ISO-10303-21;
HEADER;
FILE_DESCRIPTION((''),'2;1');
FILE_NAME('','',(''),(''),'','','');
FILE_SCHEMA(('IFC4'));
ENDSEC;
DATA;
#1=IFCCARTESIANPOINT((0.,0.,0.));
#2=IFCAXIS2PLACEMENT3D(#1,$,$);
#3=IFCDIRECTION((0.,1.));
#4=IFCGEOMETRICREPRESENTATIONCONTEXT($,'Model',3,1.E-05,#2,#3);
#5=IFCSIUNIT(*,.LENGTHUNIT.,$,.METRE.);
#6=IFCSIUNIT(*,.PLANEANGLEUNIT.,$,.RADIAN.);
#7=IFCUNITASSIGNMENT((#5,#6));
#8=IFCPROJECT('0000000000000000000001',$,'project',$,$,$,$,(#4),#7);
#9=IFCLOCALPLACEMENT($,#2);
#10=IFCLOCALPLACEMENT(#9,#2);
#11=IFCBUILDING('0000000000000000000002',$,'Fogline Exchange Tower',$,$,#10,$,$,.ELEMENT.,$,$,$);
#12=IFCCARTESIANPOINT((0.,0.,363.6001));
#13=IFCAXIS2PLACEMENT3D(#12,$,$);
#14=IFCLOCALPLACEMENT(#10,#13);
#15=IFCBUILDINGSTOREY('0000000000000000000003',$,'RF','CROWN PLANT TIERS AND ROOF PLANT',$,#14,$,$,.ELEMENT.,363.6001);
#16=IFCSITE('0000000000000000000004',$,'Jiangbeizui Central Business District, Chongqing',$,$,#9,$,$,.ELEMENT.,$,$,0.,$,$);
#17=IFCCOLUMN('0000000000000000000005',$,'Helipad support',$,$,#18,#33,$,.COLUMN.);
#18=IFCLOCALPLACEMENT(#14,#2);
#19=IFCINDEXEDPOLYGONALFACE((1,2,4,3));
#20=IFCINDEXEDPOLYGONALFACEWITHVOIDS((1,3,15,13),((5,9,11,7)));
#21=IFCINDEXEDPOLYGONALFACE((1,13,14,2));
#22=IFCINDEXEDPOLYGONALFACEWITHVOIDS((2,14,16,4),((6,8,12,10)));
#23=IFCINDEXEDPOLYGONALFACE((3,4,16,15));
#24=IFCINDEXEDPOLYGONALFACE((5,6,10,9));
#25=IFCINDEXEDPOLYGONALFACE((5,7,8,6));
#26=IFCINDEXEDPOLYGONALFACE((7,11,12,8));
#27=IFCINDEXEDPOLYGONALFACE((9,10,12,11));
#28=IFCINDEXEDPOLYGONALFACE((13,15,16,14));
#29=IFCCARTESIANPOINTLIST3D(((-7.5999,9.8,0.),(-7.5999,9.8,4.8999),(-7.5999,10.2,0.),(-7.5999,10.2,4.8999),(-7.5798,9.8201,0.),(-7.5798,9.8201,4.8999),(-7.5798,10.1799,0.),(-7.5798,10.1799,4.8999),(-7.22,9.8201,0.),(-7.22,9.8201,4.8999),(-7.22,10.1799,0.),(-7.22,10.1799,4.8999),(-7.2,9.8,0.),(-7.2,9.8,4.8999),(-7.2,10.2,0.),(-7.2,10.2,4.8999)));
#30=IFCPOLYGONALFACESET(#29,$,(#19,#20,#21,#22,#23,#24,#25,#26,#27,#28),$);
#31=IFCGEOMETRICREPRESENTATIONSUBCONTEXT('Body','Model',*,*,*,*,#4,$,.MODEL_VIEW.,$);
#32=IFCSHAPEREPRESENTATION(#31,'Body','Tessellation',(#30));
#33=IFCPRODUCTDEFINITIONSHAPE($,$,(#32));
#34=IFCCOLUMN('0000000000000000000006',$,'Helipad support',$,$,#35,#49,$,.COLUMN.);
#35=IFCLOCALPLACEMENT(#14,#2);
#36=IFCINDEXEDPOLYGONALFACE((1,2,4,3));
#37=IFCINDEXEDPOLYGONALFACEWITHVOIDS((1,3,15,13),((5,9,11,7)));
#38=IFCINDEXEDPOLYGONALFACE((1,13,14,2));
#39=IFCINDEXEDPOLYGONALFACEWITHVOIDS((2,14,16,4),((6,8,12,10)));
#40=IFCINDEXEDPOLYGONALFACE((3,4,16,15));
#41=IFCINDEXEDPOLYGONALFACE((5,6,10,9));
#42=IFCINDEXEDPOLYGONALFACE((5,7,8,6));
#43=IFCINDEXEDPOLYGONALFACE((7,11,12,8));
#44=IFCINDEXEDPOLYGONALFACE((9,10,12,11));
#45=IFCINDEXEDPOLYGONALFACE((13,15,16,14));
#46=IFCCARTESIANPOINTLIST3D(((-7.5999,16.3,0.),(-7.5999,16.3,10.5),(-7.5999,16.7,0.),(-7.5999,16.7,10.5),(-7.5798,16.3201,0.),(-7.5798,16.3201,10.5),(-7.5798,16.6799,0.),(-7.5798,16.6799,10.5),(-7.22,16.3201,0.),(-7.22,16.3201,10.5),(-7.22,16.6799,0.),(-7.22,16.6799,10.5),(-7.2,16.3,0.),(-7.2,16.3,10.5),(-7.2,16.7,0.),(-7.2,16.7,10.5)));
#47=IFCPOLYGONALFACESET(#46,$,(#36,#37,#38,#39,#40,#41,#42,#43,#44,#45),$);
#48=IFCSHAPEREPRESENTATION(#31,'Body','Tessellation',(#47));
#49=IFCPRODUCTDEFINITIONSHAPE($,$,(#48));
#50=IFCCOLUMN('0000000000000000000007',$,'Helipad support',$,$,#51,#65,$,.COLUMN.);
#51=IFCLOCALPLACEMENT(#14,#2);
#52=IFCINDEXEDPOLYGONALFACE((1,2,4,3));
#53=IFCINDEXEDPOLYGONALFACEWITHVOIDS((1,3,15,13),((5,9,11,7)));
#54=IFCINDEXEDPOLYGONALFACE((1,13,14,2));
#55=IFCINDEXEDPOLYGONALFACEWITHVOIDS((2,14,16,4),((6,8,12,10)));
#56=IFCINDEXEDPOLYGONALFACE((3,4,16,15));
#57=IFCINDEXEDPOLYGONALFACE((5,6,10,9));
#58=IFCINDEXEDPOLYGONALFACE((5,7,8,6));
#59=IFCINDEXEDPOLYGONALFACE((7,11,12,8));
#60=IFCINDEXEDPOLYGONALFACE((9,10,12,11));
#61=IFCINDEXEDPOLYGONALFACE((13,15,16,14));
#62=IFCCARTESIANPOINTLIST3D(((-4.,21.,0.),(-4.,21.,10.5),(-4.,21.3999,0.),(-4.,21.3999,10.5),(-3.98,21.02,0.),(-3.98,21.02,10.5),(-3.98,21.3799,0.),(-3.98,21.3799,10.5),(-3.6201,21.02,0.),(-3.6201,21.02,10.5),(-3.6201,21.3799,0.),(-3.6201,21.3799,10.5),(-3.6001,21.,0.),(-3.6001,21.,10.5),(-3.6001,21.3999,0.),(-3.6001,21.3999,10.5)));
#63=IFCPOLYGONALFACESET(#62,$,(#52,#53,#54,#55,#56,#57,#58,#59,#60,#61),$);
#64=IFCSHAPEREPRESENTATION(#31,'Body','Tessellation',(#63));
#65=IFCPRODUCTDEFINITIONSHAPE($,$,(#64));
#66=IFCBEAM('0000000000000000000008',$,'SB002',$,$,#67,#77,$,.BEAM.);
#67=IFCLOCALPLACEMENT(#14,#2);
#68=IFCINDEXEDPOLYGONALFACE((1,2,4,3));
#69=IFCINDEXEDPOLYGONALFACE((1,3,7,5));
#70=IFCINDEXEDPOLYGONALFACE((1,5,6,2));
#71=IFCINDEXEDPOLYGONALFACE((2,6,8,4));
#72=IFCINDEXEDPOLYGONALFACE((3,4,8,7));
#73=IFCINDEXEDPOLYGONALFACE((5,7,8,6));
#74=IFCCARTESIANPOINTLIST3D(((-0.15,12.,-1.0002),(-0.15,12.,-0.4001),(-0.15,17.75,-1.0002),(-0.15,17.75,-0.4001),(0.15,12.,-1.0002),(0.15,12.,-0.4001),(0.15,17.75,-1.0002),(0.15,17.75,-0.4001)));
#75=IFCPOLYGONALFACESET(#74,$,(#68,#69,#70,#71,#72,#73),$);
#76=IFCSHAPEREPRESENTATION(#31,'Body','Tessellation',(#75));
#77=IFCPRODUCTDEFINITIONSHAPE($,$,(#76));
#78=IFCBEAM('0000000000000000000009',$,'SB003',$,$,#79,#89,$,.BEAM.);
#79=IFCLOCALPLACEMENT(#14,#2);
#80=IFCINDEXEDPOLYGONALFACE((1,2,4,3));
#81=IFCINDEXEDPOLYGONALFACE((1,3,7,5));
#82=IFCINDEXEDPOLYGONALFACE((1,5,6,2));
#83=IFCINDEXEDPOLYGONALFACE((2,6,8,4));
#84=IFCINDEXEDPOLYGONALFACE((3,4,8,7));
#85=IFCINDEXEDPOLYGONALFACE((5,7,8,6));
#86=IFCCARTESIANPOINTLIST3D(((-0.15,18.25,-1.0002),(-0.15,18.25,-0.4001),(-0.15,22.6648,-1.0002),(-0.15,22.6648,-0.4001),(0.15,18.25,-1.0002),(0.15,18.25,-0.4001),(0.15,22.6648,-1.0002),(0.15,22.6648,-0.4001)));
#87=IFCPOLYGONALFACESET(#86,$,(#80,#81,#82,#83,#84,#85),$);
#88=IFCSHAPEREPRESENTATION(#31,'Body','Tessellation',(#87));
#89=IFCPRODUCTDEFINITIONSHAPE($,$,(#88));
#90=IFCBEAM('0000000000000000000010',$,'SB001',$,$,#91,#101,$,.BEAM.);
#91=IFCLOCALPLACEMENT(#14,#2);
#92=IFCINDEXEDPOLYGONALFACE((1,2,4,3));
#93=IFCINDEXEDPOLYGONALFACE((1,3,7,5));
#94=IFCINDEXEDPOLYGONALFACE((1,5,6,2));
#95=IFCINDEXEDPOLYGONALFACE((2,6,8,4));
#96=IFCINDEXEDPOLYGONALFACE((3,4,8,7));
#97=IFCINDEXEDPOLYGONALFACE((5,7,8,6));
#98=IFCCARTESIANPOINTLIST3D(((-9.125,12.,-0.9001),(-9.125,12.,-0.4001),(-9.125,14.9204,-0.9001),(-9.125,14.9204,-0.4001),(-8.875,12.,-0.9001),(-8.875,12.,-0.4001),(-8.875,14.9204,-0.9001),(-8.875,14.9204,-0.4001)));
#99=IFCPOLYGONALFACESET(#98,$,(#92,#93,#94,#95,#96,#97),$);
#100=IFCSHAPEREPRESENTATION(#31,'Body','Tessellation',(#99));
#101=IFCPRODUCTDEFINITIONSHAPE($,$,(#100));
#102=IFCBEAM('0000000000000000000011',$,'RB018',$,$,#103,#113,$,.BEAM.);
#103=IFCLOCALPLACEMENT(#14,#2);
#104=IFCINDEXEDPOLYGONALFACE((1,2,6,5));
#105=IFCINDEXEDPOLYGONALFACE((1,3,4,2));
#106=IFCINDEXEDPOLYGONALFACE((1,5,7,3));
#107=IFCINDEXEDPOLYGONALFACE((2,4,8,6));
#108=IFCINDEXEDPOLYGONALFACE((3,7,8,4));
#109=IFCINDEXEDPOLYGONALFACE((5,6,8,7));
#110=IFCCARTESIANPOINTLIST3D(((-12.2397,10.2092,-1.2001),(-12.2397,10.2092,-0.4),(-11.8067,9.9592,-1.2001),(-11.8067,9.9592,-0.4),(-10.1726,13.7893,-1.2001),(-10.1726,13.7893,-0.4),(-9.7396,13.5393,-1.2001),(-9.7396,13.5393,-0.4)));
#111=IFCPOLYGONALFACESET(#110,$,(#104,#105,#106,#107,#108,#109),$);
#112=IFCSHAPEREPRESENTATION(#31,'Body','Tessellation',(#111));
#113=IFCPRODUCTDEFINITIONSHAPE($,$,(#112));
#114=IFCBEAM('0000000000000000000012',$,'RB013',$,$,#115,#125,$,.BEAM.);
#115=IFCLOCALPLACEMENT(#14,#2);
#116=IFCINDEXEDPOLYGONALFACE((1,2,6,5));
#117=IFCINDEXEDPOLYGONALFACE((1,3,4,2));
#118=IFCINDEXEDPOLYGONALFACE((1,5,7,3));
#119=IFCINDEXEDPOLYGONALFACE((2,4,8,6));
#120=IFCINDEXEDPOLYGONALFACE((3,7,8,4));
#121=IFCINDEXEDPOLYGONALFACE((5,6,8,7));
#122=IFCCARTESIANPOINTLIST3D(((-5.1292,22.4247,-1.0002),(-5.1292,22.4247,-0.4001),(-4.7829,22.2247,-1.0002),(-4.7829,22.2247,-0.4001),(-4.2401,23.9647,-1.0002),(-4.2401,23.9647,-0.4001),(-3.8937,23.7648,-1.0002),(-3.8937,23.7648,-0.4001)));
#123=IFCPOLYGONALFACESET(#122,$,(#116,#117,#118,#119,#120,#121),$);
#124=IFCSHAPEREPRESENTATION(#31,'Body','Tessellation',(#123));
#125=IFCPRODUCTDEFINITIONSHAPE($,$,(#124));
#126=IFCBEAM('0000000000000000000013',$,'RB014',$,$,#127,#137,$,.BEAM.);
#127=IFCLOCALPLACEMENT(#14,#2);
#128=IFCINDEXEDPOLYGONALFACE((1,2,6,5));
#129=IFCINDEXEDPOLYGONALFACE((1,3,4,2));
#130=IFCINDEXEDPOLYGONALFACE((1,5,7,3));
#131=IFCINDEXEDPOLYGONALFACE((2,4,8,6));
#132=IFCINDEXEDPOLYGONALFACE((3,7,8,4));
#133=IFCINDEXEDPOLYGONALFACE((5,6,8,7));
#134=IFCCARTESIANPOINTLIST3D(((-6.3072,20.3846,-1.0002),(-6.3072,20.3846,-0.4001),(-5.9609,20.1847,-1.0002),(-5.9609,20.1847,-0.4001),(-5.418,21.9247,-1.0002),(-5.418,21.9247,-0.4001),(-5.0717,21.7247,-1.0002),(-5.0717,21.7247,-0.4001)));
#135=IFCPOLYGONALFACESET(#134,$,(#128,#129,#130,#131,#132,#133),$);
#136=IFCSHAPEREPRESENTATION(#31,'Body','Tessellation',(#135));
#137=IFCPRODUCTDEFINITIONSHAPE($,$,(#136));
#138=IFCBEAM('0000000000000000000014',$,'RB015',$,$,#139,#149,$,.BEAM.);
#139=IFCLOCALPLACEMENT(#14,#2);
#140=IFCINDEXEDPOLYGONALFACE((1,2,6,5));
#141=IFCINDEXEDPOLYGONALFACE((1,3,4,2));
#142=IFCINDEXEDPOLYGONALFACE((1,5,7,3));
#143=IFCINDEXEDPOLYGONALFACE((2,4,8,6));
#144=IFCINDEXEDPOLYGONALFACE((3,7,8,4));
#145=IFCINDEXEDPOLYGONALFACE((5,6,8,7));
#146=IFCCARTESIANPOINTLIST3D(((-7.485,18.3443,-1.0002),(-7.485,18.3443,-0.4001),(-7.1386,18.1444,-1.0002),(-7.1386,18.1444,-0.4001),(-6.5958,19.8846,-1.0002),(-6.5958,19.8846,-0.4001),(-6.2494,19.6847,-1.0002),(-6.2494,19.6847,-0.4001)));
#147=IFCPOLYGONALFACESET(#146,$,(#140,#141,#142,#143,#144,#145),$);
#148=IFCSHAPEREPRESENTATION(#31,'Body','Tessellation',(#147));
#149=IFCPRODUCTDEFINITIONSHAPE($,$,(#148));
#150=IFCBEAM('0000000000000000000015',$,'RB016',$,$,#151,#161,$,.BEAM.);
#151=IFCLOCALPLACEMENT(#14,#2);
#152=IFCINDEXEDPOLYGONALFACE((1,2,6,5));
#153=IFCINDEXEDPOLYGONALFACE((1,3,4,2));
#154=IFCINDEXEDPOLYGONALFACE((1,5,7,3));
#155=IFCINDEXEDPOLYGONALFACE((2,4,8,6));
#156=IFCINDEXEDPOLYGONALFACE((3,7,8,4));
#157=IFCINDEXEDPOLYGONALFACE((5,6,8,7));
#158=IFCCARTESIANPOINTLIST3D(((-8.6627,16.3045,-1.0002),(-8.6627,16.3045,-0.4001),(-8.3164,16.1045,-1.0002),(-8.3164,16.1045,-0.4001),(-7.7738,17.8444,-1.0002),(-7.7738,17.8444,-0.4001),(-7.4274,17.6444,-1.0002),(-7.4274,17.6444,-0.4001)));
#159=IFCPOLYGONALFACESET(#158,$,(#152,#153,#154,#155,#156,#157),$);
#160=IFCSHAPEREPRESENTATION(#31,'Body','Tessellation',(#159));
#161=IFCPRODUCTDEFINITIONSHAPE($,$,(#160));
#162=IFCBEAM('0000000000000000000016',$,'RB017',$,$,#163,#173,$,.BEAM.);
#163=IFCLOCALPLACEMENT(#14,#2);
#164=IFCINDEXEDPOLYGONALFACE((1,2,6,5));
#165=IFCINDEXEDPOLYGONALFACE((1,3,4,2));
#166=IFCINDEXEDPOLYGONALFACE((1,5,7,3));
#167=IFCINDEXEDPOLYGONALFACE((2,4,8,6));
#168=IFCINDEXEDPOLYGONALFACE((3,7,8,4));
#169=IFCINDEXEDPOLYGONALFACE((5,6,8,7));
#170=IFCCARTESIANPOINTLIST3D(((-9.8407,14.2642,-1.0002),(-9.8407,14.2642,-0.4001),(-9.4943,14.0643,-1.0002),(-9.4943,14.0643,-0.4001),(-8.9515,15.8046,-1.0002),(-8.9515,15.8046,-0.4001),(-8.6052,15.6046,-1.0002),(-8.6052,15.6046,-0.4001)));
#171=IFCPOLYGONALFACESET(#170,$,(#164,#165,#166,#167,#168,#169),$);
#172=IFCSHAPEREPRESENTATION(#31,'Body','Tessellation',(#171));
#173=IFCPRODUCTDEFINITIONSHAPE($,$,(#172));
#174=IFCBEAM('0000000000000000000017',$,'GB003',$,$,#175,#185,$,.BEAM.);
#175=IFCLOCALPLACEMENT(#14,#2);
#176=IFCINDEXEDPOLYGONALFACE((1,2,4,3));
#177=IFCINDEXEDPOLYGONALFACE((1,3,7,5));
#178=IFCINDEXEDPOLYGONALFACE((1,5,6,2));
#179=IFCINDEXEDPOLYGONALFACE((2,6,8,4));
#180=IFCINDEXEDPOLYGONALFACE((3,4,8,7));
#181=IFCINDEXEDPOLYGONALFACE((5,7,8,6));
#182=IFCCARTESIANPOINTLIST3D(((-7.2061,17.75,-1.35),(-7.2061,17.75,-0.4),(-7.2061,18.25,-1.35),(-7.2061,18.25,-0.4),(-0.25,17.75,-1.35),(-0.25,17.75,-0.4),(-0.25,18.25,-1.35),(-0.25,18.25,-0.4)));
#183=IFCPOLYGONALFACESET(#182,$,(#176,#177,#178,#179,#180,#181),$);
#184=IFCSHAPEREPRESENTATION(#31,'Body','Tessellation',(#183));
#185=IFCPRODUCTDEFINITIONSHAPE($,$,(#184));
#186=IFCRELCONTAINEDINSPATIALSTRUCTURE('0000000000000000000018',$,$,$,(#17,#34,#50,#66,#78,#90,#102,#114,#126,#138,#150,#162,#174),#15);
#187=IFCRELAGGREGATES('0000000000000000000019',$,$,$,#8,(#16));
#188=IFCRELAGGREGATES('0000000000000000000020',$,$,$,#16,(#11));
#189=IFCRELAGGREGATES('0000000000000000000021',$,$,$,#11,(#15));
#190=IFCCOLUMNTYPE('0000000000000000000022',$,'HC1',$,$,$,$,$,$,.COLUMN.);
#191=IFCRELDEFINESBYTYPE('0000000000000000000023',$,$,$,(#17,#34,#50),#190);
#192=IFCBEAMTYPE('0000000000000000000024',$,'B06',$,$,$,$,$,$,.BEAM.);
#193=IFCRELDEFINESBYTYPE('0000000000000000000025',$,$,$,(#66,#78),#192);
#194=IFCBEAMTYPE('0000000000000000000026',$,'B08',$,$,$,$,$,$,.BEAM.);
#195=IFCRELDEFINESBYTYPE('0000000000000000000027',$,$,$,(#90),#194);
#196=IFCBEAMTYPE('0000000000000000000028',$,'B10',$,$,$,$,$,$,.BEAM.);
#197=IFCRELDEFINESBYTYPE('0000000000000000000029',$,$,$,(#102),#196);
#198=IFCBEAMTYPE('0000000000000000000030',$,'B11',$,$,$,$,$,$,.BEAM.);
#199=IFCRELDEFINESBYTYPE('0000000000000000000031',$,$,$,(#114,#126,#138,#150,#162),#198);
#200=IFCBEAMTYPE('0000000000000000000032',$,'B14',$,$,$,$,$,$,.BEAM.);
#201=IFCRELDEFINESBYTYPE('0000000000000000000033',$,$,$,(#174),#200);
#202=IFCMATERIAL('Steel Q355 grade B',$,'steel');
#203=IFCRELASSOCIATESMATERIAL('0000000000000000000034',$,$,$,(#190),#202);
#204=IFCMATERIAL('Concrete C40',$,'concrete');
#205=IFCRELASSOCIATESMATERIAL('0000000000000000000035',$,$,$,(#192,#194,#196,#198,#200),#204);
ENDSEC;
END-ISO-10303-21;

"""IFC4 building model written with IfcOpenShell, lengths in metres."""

from ifc_helpers import new_model, si_unit, direction, frame, origin, origin_2d, place, context, subcontext, project, spatial, rectangle, hollow_rectangle, extrude, material, material_profile, profile_set, type_object, element, save


model = new_model("IFC4")

# Units and contexts
model_context = context("Model", 3, precision=1e-05, world=origin(), true_north=direction((0.0, 1.0)))
body_context = subcontext(model_context, "Body", "Model", "MODEL_VIEW")
ifc_project = project(units=[si_unit("LENGTHUNIT", "METRE"), si_unit("PLANEANGLEUNIT", "RADIAN")], contexts=[model_context])

# Site, building, storey
site_placement = place(None, origin())
site = spatial("IfcSite", under=ifc_project, at=site_placement, Name="Jiangbeizui Central Business District, Chongqing", CompositionType="ELEMENT", RefElevation=0.0)
building_placement = place(site_placement, origin())
building = spatial("IfcBuilding", under=site, at=building_placement, Name="Fogline Exchange Tower", CompositionType="ELEMENT")
storey_placement = place(building_placement, frame((0.0, 0.0, 363.6001)))
storey = spatial("IfcBuildingStorey", under=building, at=storey_placement, Name="RF", Description="CROWN PLANT TIERS AND ROOF PLANT", CompositionType="ELEMENT", Elevation=363.6001)

# Columns
ifc_material_1 = material(Name="Steel Q355 grade B", Category="steel")
ifc_material_profile_1 = material_profile(ifc_material_1, hollow_rectangle(XDim=0.3999, YDim=0.3999, WallThickness=0.02, at=origin_2d()), Name="RHS 400x400x20")
ifc_profile_set_1 = profile_set([ifc_material_profile_1], Name="Steel Q355 grade B")
column_type = type_object("IfcColumnType", Name="HC1", PredefinedType="COLUMN", material=ifc_profile_set_1)
column_placement = place(storey_placement, frame((-7.3999, 10.0, 0.0), z_axis=(0.0, 0.0, 1.0), x_axis=(1.0, 0.0, 0.0)))
element("IfcColumn", 1, at=column_placement, inside=storey, type_object=column_type, Name="Helipad support", PredefinedType="COLUMN", context=body_context, shape_type="SweptSolid", body=[
    extrude(hollow_rectangle(XDim=0.3999, YDim=0.3999, WallThickness=0.02, at=origin_2d()), origin(), (0.0, 0.0, 1.0), 4.8999),
])
for number, where, z_axis, x_axis, name in (
    (2, (-7.3999, 16.5, 0.0), (0.0, 0.0, 1.0), (1.0, 0.0, 0.0), "Helipad support"),
    (3, (-3.8, 21.2, 0.0), (0.0, 0.0, 1.0), (1.0, 0.0, 0.0), "Helipad support"),
):
    element("IfcColumn", number, at=place(storey_placement, frame(where, z_axis=z_axis, x_axis=x_axis)), inside=storey, type_object=column_type, Name=name, PredefinedType="COLUMN", context=body_context, shape_type="SweptSolid", body=[
        extrude(hollow_rectangle(XDim=0.3999, YDim=0.3999, WallThickness=0.02, at=origin_2d()), origin(), (0.0, 0.0, 1.0), 10.5),
    ])

# Beams
ifc_material_2 = material(Name="Concrete C40", Category="concrete")
ifc_material_profile_2 = material_profile(ifc_material_2, rectangle(XDim=0.3, YDim=0.6001, at=origin_2d()), Name="RC 300x600")
ifc_profile_set_2 = profile_set([ifc_material_profile_2], Name="Concrete C40")
beam_type_1 = type_object("IfcBeamType", Name="B06", PredefinedType="BEAM", material=ifc_profile_set_2)
beam_1_placement = place(storey_placement, frame((0.0, 12.0, -0.7002), z_axis=(0.0, 1.0, 0.0), x_axis=(-1.0, 0.0, 0.0)))
element("IfcBeam", 4, at=beam_1_placement, inside=storey, type_object=beam_type_1, Name="SB002", PredefinedType="BEAM", context=body_context, shape_type="SweptSolid", body=[
    extrude(rectangle(XDim=0.3, YDim=0.6001, at=origin_2d()), origin(), (0.0, 0.0, 1.0), 5.75),
])
beam_2_placement = place(storey_placement, frame((0.0, 18.25, -0.7002), z_axis=(0.0, 1.0, 0.0), x_axis=(-1.0, 0.0, 0.0)))
element("IfcBeam", 5, at=beam_2_placement, inside=storey, type_object=beam_type_1, Name="SB003", PredefinedType="BEAM", context=body_context, shape_type="SweptSolid", body=[
    extrude(rectangle(XDim=0.3, YDim=0.6001, at=origin_2d()), origin(), (0.0, 0.0, 1.0), 4.4148),
])
ifc_material_profile_3 = material_profile(ifc_material_2, rectangle(XDim=0.25, YDim=0.5, at=origin_2d()), Name="RC 250x500")
ifc_profile_set_3 = profile_set([ifc_material_profile_3], Name="Concrete C40")
beam_type_2 = type_object("IfcBeamType", Name="B08", PredefinedType="BEAM", material=ifc_profile_set_3)
beam_3_placement = place(storey_placement, frame((-9.0, 12.0, -0.6501), z_axis=(0.0, 1.0, 0.0), x_axis=(-1.0, 0.0, 0.0)))
element("IfcBeam", 6, at=beam_3_placement, inside=storey, type_object=beam_type_2, Name="SB001", PredefinedType="BEAM", context=body_context, shape_type="SweptSolid", body=[
    extrude(rectangle(XDim=0.25, YDim=0.5, at=origin_2d()), origin(), (0.0, 0.0, 1.0), 2.9204),
])
ifc_material_profile_4 = material_profile(ifc_material_2, rectangle(XDim=0.5, YDim=0.8, at=origin_2d()), Name="RC 500x800")
ifc_profile_set_4 = profile_set([ifc_material_profile_4], Name="Concrete C40")
beam_type_3 = type_object("IfcBeamType", Name="B10", PredefinedType="BEAM", material=ifc_profile_set_4)
beam_4_placement = place(storey_placement, frame((-9.9561, 13.6643, -0.8), z_axis=(-0.500033, -0.866007, 0.0), x_axis=(0.866007, -0.500033, 0.0)))
element("IfcBeam", 7, at=beam_4_placement, inside=storey, type_object=beam_type_3, Name="RB018", PredefinedType="BEAM", context=body_context, shape_type="SweptSolid", body=[
    extrude(rectangle(XDim=0.5, YDim=0.8, at=origin_2d()), origin(), (0.0, 0.0, 1.0), 4.134),
])
ifc_material_profile_5 = material_profile(ifc_material_2, rectangle(XDim=0.3999, YDim=0.6001, at=origin_2d()), Name="RC 400x600")
ifc_profile_set_5 = profile_set([ifc_material_profile_5], Name="Concrete C40")
beam_type_4 = type_object("IfcBeamType", Name="B11", PredefinedType="BEAM", material=ifc_profile_set_5)
for number, where, z_axis, x_axis, name in (
    (8, (-4.0669, 23.8647, -0.7002), (-0.500008, -0.866021, 0.0), (0.866021, -0.500008, 0.0), "RB013"),
    (9, (-5.2449, 21.8247, -0.7002), (-0.500008, -0.866021, 0.0), (0.866021, -0.500008, 0.0), "RB014"),
):
    element("IfcBeam", number, at=place(storey_placement, frame(where, z_axis=z_axis, x_axis=x_axis)), inside=storey, type_object=beam_type_4, Name=name, PredefinedType="BEAM", context=body_context, shape_type="SweptSolid", body=[
        extrude(rectangle(XDim=0.3999, YDim=0.6001, at=origin_2d()), origin(), (0.0, 0.0, 1.0), 1.7783),
    ])
beam_5_placement = place(storey_placement, frame((-6.4226, 19.7847, -0.7002), z_axis=(-0.499948, -0.866055, 0.0), x_axis=(0.866055, -0.499948, 0.0)))
element("IfcBeam", 10, at=beam_5_placement, inside=storey, type_object=beam_type_4, Name="RB015", PredefinedType="BEAM", context=body_context, shape_type="SweptSolid", body=[
    extrude(rectangle(XDim=0.3999, YDim=0.6001, at=origin_2d()), origin(), (0.0, 0.0, 1.0), 1.7786),
])
beam_6_placement = place(storey_placement, frame((-7.6006, 17.7444, -0.7002), z_axis=(-0.499964, -0.866046, 0.0), x_axis=(0.866046, -0.499964, 0.0)))
element("IfcBeam", 11, at=beam_6_placement, inside=storey, type_object=beam_type_4, Name="RB016", PredefinedType="BEAM", context=body_context, shape_type="SweptSolid", body=[
    extrude(rectangle(XDim=0.3999, YDim=0.6001, at=origin_2d()), origin(), (0.0, 0.0, 1.0), 1.7781),
])
beam_7_placement = place(storey_placement, frame((-8.7783, 15.7046, -0.7002), z_axis=(-0.499948, -0.866055, 0.0), x_axis=(0.866055, -0.499948, 0.0)))
element("IfcBeam", 12, at=beam_7_placement, inside=storey, type_object=beam_type_4, Name="RB017", PredefinedType="BEAM", context=body_context, shape_type="SweptSolid", body=[
    extrude(rectangle(XDim=0.3999, YDim=0.6001, at=origin_2d()), origin(), (0.0, 0.0, 1.0), 1.7786),
])
ifc_material_profile_6 = material_profile(ifc_material_2, rectangle(XDim=0.5, YDim=0.95, at=origin_2d()), Name="RC 500x950")
ifc_profile_set_6 = profile_set([ifc_material_profile_6], Name="Concrete C40")
beam_type_5 = type_object("IfcBeamType", Name="B14", PredefinedType="BEAM", material=ifc_profile_set_6)
beam_8_placement = place(storey_placement, frame((-7.2061, 18.0, -0.875), z_axis=(1.0, 0.0, 0.0), x_axis=(0.0, 1.0, 0.0)))
element("IfcBeam", 13, at=beam_8_placement, inside=storey, type_object=beam_type_5, Name="GB003", PredefinedType="BEAM", context=body_context, shape_type="SweptSolid", body=[
    extrude(rectangle(XDim=0.5, YDim=0.95, at=origin_2d()), origin(), (0.0, 0.0, 1.0), 6.9561),
])

save(model, "model.ifc")
